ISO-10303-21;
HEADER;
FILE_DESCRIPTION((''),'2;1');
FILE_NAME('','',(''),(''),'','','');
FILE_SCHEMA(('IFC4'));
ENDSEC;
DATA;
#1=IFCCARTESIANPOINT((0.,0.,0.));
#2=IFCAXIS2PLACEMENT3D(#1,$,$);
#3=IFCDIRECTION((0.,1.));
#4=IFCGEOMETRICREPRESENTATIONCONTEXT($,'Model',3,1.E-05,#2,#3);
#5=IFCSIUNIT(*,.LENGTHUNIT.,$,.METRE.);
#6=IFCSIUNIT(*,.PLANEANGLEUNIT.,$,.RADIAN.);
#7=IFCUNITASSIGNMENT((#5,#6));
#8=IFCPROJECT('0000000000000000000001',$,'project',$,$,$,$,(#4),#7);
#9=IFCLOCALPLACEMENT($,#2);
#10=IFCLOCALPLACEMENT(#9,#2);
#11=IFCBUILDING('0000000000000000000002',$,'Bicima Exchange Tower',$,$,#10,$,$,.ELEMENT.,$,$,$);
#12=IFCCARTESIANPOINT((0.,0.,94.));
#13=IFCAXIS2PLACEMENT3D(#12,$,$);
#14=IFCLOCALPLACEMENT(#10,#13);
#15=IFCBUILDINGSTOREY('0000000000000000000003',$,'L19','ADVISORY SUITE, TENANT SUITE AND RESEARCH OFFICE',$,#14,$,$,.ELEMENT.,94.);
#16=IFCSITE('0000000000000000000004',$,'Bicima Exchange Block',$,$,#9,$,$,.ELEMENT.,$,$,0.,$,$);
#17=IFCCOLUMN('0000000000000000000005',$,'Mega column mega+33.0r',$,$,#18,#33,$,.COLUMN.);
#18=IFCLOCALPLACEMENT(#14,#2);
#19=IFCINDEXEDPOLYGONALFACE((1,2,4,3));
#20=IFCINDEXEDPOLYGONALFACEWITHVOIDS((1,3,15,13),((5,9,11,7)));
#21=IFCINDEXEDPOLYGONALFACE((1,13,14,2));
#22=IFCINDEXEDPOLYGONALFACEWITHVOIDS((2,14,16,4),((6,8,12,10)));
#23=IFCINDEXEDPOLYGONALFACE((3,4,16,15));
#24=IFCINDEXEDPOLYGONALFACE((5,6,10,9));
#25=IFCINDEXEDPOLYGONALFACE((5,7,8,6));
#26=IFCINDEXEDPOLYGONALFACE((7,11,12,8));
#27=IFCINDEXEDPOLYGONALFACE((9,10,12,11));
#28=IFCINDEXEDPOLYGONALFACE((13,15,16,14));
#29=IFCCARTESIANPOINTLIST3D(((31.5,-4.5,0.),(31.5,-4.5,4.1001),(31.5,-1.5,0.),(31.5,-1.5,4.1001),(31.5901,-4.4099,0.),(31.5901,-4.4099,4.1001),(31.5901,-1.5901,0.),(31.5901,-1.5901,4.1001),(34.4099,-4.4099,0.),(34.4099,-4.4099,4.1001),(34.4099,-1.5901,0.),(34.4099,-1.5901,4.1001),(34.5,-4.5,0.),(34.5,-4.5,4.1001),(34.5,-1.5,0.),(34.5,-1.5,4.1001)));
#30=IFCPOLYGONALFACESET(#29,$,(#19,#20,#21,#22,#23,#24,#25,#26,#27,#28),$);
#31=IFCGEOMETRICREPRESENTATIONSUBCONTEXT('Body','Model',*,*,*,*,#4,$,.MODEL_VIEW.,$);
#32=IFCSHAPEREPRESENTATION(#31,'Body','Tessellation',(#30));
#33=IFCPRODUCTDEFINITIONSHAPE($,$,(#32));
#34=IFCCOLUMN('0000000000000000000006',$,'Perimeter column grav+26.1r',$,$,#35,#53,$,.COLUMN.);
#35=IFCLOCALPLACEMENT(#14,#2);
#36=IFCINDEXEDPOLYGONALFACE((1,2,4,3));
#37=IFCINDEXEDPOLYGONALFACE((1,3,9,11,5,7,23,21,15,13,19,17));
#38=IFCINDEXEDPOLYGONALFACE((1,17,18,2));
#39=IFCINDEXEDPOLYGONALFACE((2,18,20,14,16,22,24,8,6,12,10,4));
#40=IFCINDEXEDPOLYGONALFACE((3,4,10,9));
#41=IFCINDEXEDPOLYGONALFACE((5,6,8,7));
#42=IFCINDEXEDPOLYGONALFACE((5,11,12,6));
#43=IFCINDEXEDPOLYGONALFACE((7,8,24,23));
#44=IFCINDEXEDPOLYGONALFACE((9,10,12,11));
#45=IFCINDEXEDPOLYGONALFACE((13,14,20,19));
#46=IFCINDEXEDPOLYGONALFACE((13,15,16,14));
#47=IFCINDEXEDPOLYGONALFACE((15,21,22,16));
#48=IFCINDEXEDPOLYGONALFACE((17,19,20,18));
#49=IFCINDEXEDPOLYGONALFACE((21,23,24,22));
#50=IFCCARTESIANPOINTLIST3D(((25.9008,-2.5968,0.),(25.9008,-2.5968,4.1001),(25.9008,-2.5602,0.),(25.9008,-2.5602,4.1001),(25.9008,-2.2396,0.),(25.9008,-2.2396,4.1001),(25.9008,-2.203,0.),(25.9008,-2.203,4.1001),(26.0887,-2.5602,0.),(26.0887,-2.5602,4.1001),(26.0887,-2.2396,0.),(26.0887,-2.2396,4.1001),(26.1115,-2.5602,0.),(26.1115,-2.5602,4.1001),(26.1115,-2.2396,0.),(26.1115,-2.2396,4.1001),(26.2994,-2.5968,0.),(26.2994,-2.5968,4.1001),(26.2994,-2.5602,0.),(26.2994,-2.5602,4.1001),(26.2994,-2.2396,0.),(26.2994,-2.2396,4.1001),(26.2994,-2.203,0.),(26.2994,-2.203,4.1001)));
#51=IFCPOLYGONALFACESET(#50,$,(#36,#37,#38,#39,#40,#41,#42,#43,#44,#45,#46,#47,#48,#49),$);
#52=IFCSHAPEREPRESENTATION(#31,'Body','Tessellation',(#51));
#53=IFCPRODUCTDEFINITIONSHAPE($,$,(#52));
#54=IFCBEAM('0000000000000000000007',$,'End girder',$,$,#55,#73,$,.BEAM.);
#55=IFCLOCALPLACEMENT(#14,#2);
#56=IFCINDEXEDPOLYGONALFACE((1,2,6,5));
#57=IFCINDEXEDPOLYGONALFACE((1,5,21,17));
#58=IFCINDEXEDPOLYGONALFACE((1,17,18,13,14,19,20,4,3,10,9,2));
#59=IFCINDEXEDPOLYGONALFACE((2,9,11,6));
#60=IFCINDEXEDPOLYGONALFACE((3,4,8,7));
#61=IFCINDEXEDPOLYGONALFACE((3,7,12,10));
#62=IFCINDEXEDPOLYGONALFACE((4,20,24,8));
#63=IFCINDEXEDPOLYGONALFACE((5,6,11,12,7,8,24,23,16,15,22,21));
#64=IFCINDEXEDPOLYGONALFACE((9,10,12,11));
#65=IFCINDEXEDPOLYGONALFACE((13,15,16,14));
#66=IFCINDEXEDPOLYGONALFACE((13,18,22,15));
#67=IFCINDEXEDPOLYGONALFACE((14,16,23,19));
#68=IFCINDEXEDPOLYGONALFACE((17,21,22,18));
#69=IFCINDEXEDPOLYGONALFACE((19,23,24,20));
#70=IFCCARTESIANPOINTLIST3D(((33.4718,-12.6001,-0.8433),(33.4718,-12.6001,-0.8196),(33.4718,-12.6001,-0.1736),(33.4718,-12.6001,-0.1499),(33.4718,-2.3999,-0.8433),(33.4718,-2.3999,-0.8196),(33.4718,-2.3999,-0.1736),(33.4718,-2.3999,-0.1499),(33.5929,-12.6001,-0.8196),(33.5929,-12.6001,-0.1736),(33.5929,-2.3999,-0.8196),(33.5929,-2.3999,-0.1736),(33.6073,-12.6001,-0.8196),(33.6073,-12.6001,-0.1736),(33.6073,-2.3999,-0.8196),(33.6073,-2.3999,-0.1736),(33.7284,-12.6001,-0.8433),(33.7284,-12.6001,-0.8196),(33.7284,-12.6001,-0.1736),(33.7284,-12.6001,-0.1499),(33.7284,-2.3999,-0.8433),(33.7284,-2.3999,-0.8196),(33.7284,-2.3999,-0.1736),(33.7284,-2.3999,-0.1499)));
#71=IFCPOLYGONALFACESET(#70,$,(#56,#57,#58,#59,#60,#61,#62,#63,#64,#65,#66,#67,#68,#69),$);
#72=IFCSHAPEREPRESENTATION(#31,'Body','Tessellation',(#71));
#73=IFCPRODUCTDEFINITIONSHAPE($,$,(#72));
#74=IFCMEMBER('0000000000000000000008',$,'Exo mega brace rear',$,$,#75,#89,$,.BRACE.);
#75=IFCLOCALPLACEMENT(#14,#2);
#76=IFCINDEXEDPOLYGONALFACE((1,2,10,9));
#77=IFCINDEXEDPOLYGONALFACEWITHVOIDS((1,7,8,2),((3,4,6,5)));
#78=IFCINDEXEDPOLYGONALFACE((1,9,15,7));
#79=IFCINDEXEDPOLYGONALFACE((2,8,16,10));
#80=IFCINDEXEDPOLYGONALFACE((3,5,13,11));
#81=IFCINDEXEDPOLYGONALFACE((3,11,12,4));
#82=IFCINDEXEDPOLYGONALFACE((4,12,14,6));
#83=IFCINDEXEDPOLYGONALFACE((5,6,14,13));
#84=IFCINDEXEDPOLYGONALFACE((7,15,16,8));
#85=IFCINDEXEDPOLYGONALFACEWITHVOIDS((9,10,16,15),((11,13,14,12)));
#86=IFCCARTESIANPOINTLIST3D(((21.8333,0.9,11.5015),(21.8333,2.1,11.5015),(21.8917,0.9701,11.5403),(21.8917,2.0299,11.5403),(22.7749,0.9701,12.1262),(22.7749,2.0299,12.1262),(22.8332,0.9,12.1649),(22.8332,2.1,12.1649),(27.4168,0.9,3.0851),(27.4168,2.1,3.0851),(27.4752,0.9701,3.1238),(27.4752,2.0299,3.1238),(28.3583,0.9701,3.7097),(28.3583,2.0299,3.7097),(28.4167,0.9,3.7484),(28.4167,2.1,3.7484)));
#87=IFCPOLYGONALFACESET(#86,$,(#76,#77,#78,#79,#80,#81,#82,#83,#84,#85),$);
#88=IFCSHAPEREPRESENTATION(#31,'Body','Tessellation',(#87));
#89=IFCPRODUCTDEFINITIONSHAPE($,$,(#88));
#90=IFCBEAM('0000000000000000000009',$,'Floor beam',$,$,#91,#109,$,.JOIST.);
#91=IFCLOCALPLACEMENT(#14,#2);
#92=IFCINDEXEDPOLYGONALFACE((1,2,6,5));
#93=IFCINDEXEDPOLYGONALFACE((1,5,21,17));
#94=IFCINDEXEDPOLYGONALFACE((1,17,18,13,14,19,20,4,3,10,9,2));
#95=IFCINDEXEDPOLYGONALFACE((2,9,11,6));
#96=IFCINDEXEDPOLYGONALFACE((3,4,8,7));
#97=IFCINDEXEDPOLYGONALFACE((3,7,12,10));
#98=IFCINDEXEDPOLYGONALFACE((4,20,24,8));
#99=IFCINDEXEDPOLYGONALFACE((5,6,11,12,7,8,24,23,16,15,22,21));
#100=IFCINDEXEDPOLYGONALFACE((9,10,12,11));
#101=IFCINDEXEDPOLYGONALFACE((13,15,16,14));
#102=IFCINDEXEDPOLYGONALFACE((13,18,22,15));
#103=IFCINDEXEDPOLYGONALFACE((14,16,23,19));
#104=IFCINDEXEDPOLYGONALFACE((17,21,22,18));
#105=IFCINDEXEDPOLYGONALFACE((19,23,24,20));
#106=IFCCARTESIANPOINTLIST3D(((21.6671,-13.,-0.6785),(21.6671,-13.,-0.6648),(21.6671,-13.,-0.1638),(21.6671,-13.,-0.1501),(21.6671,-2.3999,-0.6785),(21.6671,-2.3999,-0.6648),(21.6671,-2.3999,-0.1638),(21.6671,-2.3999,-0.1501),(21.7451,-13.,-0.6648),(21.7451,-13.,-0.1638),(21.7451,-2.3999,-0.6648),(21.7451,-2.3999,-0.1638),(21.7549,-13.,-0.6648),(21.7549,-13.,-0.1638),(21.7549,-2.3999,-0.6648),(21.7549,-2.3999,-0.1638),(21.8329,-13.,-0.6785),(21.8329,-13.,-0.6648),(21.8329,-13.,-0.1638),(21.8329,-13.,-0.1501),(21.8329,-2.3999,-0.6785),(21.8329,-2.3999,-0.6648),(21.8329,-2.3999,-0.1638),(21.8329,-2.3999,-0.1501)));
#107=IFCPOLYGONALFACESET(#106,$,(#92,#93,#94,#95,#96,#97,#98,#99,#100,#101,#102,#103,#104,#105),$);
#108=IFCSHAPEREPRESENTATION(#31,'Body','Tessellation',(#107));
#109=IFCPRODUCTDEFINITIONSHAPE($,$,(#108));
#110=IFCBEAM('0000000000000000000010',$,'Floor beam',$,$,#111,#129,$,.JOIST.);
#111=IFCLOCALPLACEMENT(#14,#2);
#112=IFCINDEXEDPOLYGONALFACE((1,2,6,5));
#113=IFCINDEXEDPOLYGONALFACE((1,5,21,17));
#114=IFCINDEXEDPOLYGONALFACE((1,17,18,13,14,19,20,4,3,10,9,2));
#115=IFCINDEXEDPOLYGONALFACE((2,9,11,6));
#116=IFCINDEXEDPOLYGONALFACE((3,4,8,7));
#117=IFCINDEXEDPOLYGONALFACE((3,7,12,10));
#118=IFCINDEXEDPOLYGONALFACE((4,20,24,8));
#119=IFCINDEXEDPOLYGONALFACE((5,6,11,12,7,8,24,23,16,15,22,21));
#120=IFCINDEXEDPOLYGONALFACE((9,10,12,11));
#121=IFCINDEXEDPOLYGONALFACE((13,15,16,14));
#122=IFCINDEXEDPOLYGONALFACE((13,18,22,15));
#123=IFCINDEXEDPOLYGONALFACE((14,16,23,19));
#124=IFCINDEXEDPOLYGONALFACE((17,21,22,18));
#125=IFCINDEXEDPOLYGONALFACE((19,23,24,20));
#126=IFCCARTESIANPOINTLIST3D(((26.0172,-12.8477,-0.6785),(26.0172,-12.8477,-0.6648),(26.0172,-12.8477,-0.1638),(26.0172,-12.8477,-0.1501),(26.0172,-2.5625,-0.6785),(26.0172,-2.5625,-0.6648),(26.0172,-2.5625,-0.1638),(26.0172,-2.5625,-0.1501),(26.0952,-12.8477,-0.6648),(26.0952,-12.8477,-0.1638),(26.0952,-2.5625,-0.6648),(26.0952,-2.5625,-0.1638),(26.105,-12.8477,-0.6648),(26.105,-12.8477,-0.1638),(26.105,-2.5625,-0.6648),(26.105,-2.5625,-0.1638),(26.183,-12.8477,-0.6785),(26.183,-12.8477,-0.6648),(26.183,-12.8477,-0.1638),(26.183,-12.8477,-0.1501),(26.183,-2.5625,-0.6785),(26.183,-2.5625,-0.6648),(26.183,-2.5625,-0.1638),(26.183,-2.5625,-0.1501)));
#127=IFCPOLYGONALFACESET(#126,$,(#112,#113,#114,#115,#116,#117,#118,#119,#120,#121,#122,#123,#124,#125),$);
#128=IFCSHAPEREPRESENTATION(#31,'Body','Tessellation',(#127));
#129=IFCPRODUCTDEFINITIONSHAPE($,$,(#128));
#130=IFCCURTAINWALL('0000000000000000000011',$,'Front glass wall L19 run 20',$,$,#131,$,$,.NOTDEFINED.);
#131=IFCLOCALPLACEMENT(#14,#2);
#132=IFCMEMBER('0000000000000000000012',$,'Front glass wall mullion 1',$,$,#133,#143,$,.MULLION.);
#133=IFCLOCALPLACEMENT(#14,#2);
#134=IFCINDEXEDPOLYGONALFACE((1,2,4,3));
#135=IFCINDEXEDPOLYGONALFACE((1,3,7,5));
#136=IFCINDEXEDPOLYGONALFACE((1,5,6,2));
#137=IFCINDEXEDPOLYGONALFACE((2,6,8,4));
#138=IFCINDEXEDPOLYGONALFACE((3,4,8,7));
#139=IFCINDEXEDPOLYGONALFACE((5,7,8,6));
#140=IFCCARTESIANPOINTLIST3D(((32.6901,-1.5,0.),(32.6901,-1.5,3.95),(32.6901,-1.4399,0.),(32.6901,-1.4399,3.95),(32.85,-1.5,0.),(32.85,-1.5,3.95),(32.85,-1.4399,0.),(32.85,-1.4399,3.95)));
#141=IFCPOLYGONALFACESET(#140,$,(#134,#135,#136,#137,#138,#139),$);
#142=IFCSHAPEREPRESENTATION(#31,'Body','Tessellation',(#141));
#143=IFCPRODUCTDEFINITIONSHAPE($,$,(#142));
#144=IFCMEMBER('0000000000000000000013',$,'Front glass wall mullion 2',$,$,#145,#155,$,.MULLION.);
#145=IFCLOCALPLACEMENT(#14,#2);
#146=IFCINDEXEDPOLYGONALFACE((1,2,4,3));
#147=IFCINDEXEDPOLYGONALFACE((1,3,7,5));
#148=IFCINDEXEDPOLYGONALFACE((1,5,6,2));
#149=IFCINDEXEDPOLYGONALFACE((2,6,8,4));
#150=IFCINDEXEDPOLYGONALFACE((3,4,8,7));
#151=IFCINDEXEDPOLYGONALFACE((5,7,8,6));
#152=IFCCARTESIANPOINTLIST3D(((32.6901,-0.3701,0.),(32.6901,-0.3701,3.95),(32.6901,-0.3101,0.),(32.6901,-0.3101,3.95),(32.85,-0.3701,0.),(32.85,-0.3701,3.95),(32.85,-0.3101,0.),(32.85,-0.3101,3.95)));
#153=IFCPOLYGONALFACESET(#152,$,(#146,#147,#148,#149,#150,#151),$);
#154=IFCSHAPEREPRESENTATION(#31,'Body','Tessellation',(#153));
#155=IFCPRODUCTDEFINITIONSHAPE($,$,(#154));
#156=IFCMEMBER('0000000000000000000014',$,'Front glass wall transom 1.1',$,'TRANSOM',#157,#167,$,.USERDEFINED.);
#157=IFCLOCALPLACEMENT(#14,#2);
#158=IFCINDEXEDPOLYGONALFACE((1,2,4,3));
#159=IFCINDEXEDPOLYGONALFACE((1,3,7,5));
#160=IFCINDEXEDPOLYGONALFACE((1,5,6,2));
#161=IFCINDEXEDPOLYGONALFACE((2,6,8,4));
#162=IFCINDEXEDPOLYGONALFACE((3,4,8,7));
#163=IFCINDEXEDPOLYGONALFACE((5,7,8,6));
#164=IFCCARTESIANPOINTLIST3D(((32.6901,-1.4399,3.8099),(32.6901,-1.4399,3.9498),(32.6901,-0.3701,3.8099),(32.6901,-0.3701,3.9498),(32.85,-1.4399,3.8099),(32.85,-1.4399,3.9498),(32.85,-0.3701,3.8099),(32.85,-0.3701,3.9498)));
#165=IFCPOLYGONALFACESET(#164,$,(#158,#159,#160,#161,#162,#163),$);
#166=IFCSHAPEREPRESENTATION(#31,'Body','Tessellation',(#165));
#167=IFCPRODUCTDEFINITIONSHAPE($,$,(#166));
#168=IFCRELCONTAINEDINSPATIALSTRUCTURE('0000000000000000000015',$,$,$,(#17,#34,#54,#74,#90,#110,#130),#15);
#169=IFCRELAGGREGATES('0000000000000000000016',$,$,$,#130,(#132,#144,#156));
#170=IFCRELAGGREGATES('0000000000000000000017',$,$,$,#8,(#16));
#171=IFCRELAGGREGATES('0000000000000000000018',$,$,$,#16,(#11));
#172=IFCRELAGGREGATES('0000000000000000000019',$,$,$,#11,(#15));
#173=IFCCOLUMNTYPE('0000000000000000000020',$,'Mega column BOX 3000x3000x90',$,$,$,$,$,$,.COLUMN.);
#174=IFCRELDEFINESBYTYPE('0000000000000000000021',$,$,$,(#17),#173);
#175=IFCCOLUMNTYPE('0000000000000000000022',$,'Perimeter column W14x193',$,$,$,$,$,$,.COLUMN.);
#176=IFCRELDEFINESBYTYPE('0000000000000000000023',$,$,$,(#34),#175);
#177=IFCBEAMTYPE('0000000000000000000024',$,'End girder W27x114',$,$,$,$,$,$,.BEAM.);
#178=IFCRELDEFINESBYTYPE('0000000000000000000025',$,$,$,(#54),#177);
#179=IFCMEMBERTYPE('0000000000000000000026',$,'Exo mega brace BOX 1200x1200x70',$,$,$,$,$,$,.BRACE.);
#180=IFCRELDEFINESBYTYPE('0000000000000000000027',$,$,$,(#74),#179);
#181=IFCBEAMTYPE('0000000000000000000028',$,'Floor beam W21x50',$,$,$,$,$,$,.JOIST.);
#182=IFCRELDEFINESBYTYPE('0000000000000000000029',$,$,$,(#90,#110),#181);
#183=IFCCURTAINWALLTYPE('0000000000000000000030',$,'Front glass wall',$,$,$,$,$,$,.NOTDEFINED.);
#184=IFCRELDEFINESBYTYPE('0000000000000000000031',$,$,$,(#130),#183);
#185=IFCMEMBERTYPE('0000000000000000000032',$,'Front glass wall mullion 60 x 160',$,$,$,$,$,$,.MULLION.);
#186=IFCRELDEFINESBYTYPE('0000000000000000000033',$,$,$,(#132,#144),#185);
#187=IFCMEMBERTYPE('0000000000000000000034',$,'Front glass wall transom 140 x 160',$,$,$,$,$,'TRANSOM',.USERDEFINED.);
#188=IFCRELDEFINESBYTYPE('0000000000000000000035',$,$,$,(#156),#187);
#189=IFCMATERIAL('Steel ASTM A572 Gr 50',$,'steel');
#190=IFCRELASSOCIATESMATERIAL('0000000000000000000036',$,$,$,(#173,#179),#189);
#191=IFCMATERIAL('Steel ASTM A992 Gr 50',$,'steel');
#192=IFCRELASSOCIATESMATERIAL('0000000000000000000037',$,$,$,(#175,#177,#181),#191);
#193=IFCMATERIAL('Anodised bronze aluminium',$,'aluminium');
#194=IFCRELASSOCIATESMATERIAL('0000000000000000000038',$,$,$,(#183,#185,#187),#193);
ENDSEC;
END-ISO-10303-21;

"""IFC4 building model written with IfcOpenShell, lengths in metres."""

from ifc_helpers import new_model, si_unit, direction, frame, origin, origin_2d, place, context, subcontext, project, spatial, rectangle, hollow_rectangle, i_section, extrude, material, material_profile, profile_set, type_object, element, aggregate, save


model = new_model("IFC4")

# Units and contexts
model_context = context("Model", 3, precision=1e-05, world=origin(), true_north=direction((0.0, 1.0)))
body_context = subcontext(model_context, "Body", "Model", "MODEL_VIEW")
ifc_project = project(units=[si_unit("LENGTHUNIT", "METRE"), si_unit("PLANEANGLEUNIT", "RADIAN")], contexts=[model_context])

# Site, building, storey
site_placement = place(None, origin())
site = spatial("IfcSite", under=ifc_project, at=site_placement, Name="Bicima Exchange Block", CompositionType="ELEMENT", RefElevation=0.0)
building_placement = place(site_placement, origin())
building = spatial("IfcBuilding", under=site, at=building_placement, Name="Bicima Exchange Tower", CompositionType="ELEMENT")
storey_placement = place(building_placement, frame((0.0, 0.0, 94.0)))
storey = spatial("IfcBuildingStorey", under=building, at=storey_placement, Name="L19", Description="ADVISORY SUITE, TENANT SUITE AND RESEARCH OFFICE", CompositionType="ELEMENT", Elevation=94.0)

# Columns
ifc_material_1 = material(Name="Steel ASTM A572 Gr 50", Category="steel")
ifc_material_profile_1 = material_profile(ifc_material_1, hollow_rectangle(XDim=3.0, YDim=3.0, WallThickness=0.0901, at=origin_2d()))
ifc_profile_set_1 = profile_set([ifc_material_profile_1], Name="Steel ASTM A572 Gr 50")
column_type_1 = type_object("IfcColumnType", Name="Mega column BOX 3000x3000x90", PredefinedType="COLUMN", material=ifc_profile_set_1)
column_1_placement = place(storey_placement, frame((33.0, -3.0, 0.0), z_axis=(0.0, 0.0, 1.0), x_axis=(1.0, 0.0, 0.0)))
element("IfcColumn", 1, at=column_1_placement, inside=storey, type_object=column_type_1, Name="Mega column mega+33.0r", PredefinedType="COLUMN", context=body_context, shape_type="SweptSolid", body=[
    extrude(hollow_rectangle(XDim=3.0, YDim=3.0, WallThickness=0.0901, at=origin_2d()), origin(), (0.0, 0.0, 1.0), 4.1001),
])
ifc_material_2 = material(Name="Steel ASTM A992 Gr 50", Category="steel")
ifc_material_profile_2 = material_profile(ifc_material_2, i_section(OverallWidth=0.3987, OverallDepth=0.3938, WebThickness=0.0227, FlangeThickness=0.0366, at=origin_2d()))
ifc_profile_set_2 = profile_set([ifc_material_profile_2], Name="Steel ASTM A992 Gr 50")
column_type_2 = type_object("IfcColumnType", Name="Perimeter column W14x193", PredefinedType="COLUMN", material=ifc_profile_set_2)
column_2_placement = place(storey_placement, frame((26.1001, -2.3999, 0.0), z_axis=(0.0, 0.0, 1.0), x_axis=(1.0, 0.0, 0.0)))
element("IfcColumn", 2, at=column_2_placement, inside=storey, type_object=column_type_2, Name="Perimeter column grav+26.1r", PredefinedType="COLUMN", context=body_context, shape_type="SweptSolid", body=[
    extrude(i_section(OverallWidth=0.3987, OverallDepth=0.3938, WebThickness=0.0227, FlangeThickness=0.0366, at=origin_2d()), origin(), (0.0, 0.0, 1.0), 4.1001),
])

# Beam
ifc_material_profile_3 = material_profile(ifc_material_2, i_section(OverallWidth=0.2566, OverallDepth=0.6934, WebThickness=0.0144, FlangeThickness=0.0237, at=origin_2d()))
ifc_profile_set_3 = profile_set([ifc_material_profile_3], Name="Steel ASTM A992 Gr 50")
beam_type_1 = type_object("IfcBeamType", Name="End girder W27x114", PredefinedType="BEAM", material=ifc_profile_set_3)
beam_1_placement = place(storey_placement, frame((33.6001, -2.3999, -0.4966), z_axis=(0.0, -1.0, 0.0), x_axis=(1.0, 0.0, 0.0)))
element("IfcBeam", 3, at=beam_1_placement, inside=storey, type_object=beam_type_1, Name="End girder", PredefinedType="BEAM", context=body_context, shape_type="SweptSolid", body=[
    extrude(i_section(OverallWidth=0.2566, OverallDepth=0.6934, WebThickness=0.0144, FlangeThickness=0.0237, at=origin_2d()), origin(), (0.0, 0.0, 1.0), 10.2002),
])

# Member
ifc_material_profile_4 = material_profile(ifc_material_1, hollow_rectangle(XDim=1.2, YDim=1.2, WallThickness=0.0701, at=origin_2d()))
ifc_profile_set_4 = profile_set([ifc_material_profile_4], Name="Steel ASTM A572 Gr 50")
member_type_1 = type_object("IfcMemberType", Name="Exo mega brace BOX 1200x1200x70", PredefinedType="BRACE", material=ifc_profile_set_4)
member_1_placement = place(storey_placement, frame((27.9167, 1.5, 3.4167), z_axis=(-0.552813, 0.0, 0.833305), x_axis=(0.0, -1.0, 0.0)))
element("IfcMember", 4, at=member_1_placement, inside=storey, type_object=member_type_1, Name="Exo mega brace rear", PredefinedType="BRACE", context=body_context, shape_type="SweptSolid", body=[
    extrude(hollow_rectangle(XDim=1.2, YDim=1.2, WallThickness=0.0701, at=origin_2d()), origin(), (0.0, 0.0, 1.0), 10.1001),
])

# Beams
ifc_material_profile_5 = material_profile(ifc_material_2, i_section(OverallWidth=0.1658, OverallDepth=0.5283, WebThickness=0.0098, FlangeThickness=0.0137, at=origin_2d()))
ifc_profile_set_5 = profile_set([ifc_material_profile_5], Name="Steel ASTM A992 Gr 50")
beam_type_2 = type_object("IfcBeamType", Name="Floor beam W21x50", PredefinedType="JOIST", material=ifc_profile_set_5)
beam_2_placement = place(storey_placement, frame((21.75, -2.3999, -0.4143), z_axis=(0.0, -1.0, 0.0), x_axis=(1.0, 0.0, 0.0)))
element("IfcBeam", 5, at=beam_2_placement, inside=storey, type_object=beam_type_2, Name="Floor beam", PredefinedType="JOIST", context=body_context, shape_type="SweptSolid", body=[
    extrude(i_section(OverallWidth=0.1658, OverallDepth=0.5283, WebThickness=0.0098, FlangeThickness=0.0137, at=origin_2d()), origin(), (0.0, 0.0, 1.0), 10.6001),
])
beam_3_placement = place(storey_placement, frame((26.1001, -2.5625, -0.4143), z_axis=(0.0, -1.0, 0.0), x_axis=(1.0, 0.0, 0.0)))
element("IfcBeam", 6, at=beam_3_placement, inside=storey, type_object=beam_type_2, Name="Floor beam", PredefinedType="JOIST", context=body_context, shape_type="SweptSolid", body=[
    extrude(i_section(OverallWidth=0.1658, OverallDepth=0.5283, WebThickness=0.0098, FlangeThickness=0.0137, at=origin_2d()), origin(), (0.0, 0.0, 1.0), 10.2852),
])

# Curtain wall, members
ifc_material_3 = material(Name="Anodised bronze aluminium", Category="aluminium")
curtain_wall_type = type_object("IfcCurtainWallType", Name="Front glass wall", PredefinedType="NOTDEFINED", material=ifc_material_3)
curtain_wall_placement = place(storey_placement, origin())
curtain_wall = element("IfcCurtainWall", 7, at=curtain_wall_placement, inside=storey, type_object=curtain_wall_type, Name="Front glass wall L19 run 20", PredefinedType="NOTDEFINED")
ifc_material_profile_6 = material_profile(ifc_material_3, rectangle(XDim=0.1599, YDim=0.0601, at=origin_2d()))
ifc_profile_set_6 = profile_set([ifc_material_profile_6], Name="Anodised bronze aluminium")
member_type_2 = type_object("IfcMemberType", Name="Front glass wall mullion 60 x 160", PredefinedType="MULLION", material=ifc_profile_set_6)
member_2_placement = place(storey_placement, frame((32.77, -1.47, 0.0), z_axis=(0.0, 0.0, 1.0), x_axis=(-1.0, 0.0, 0.0)))
member_2 = element("IfcMember", 8, at=member_2_placement, type_object=member_type_2, Name="Front glass wall mullion 1", PredefinedType="MULLION", context=body_context, shape_type="SweptSolid", body=[
    extrude(rectangle(XDim=0.1599, YDim=0.0601, at=origin_2d()), origin(), (0.0, 0.0, 1.0), 3.95),
])
member_3_placement = place(storey_placement, frame((32.77, -0.3401, 0.0), z_axis=(0.0, 0.0, 1.0), x_axis=(-1.0, 0.0, 0.0)))
member_3 = element("IfcMember", 9, at=member_3_placement, type_object=member_type_2, Name="Front glass wall mullion 2", PredefinedType="MULLION", context=body_context, shape_type="SweptSolid", body=[
    extrude(rectangle(XDim=0.1599, YDim=0.0601, at=origin_2d()), origin(), (0.0, 0.0, 1.0), 3.95),
])
ifc_material_profile_7 = material_profile(ifc_material_3, rectangle(XDim=0.1599, YDim=0.1399, at=origin_2d()))
ifc_profile_set_7 = profile_set([ifc_material_profile_7], Name="Anodised bronze aluminium")
member_type_3 = type_object("IfcMemberType", Name="Front glass wall transom 140 x 160", ElementType="TRANSOM", PredefinedType="USERDEFINED", material=ifc_profile_set_7)
member_4_placement = place(storey_placement, frame((32.77, -1.4399, 3.8799), z_axis=(0.0, 1.0, 0.0), x_axis=(-1.0, 0.0, 0.0)))
member_4 = element("IfcMember", 10, at=member_4_placement, type_object=member_type_3, Name="Front glass wall transom 1.1", ObjectType="TRANSOM", PredefinedType="USERDEFINED", context=body_context, shape_type="SweptSolid", body=[
    extrude(rectangle(XDim=0.1599, YDim=0.1399, at=origin_2d()), origin(), (0.0, 0.0, 1.0), 1.0698),
])

aggregate(curtain_wall, [member_2, member_3, member_4])

save(model, "model.ifc")
